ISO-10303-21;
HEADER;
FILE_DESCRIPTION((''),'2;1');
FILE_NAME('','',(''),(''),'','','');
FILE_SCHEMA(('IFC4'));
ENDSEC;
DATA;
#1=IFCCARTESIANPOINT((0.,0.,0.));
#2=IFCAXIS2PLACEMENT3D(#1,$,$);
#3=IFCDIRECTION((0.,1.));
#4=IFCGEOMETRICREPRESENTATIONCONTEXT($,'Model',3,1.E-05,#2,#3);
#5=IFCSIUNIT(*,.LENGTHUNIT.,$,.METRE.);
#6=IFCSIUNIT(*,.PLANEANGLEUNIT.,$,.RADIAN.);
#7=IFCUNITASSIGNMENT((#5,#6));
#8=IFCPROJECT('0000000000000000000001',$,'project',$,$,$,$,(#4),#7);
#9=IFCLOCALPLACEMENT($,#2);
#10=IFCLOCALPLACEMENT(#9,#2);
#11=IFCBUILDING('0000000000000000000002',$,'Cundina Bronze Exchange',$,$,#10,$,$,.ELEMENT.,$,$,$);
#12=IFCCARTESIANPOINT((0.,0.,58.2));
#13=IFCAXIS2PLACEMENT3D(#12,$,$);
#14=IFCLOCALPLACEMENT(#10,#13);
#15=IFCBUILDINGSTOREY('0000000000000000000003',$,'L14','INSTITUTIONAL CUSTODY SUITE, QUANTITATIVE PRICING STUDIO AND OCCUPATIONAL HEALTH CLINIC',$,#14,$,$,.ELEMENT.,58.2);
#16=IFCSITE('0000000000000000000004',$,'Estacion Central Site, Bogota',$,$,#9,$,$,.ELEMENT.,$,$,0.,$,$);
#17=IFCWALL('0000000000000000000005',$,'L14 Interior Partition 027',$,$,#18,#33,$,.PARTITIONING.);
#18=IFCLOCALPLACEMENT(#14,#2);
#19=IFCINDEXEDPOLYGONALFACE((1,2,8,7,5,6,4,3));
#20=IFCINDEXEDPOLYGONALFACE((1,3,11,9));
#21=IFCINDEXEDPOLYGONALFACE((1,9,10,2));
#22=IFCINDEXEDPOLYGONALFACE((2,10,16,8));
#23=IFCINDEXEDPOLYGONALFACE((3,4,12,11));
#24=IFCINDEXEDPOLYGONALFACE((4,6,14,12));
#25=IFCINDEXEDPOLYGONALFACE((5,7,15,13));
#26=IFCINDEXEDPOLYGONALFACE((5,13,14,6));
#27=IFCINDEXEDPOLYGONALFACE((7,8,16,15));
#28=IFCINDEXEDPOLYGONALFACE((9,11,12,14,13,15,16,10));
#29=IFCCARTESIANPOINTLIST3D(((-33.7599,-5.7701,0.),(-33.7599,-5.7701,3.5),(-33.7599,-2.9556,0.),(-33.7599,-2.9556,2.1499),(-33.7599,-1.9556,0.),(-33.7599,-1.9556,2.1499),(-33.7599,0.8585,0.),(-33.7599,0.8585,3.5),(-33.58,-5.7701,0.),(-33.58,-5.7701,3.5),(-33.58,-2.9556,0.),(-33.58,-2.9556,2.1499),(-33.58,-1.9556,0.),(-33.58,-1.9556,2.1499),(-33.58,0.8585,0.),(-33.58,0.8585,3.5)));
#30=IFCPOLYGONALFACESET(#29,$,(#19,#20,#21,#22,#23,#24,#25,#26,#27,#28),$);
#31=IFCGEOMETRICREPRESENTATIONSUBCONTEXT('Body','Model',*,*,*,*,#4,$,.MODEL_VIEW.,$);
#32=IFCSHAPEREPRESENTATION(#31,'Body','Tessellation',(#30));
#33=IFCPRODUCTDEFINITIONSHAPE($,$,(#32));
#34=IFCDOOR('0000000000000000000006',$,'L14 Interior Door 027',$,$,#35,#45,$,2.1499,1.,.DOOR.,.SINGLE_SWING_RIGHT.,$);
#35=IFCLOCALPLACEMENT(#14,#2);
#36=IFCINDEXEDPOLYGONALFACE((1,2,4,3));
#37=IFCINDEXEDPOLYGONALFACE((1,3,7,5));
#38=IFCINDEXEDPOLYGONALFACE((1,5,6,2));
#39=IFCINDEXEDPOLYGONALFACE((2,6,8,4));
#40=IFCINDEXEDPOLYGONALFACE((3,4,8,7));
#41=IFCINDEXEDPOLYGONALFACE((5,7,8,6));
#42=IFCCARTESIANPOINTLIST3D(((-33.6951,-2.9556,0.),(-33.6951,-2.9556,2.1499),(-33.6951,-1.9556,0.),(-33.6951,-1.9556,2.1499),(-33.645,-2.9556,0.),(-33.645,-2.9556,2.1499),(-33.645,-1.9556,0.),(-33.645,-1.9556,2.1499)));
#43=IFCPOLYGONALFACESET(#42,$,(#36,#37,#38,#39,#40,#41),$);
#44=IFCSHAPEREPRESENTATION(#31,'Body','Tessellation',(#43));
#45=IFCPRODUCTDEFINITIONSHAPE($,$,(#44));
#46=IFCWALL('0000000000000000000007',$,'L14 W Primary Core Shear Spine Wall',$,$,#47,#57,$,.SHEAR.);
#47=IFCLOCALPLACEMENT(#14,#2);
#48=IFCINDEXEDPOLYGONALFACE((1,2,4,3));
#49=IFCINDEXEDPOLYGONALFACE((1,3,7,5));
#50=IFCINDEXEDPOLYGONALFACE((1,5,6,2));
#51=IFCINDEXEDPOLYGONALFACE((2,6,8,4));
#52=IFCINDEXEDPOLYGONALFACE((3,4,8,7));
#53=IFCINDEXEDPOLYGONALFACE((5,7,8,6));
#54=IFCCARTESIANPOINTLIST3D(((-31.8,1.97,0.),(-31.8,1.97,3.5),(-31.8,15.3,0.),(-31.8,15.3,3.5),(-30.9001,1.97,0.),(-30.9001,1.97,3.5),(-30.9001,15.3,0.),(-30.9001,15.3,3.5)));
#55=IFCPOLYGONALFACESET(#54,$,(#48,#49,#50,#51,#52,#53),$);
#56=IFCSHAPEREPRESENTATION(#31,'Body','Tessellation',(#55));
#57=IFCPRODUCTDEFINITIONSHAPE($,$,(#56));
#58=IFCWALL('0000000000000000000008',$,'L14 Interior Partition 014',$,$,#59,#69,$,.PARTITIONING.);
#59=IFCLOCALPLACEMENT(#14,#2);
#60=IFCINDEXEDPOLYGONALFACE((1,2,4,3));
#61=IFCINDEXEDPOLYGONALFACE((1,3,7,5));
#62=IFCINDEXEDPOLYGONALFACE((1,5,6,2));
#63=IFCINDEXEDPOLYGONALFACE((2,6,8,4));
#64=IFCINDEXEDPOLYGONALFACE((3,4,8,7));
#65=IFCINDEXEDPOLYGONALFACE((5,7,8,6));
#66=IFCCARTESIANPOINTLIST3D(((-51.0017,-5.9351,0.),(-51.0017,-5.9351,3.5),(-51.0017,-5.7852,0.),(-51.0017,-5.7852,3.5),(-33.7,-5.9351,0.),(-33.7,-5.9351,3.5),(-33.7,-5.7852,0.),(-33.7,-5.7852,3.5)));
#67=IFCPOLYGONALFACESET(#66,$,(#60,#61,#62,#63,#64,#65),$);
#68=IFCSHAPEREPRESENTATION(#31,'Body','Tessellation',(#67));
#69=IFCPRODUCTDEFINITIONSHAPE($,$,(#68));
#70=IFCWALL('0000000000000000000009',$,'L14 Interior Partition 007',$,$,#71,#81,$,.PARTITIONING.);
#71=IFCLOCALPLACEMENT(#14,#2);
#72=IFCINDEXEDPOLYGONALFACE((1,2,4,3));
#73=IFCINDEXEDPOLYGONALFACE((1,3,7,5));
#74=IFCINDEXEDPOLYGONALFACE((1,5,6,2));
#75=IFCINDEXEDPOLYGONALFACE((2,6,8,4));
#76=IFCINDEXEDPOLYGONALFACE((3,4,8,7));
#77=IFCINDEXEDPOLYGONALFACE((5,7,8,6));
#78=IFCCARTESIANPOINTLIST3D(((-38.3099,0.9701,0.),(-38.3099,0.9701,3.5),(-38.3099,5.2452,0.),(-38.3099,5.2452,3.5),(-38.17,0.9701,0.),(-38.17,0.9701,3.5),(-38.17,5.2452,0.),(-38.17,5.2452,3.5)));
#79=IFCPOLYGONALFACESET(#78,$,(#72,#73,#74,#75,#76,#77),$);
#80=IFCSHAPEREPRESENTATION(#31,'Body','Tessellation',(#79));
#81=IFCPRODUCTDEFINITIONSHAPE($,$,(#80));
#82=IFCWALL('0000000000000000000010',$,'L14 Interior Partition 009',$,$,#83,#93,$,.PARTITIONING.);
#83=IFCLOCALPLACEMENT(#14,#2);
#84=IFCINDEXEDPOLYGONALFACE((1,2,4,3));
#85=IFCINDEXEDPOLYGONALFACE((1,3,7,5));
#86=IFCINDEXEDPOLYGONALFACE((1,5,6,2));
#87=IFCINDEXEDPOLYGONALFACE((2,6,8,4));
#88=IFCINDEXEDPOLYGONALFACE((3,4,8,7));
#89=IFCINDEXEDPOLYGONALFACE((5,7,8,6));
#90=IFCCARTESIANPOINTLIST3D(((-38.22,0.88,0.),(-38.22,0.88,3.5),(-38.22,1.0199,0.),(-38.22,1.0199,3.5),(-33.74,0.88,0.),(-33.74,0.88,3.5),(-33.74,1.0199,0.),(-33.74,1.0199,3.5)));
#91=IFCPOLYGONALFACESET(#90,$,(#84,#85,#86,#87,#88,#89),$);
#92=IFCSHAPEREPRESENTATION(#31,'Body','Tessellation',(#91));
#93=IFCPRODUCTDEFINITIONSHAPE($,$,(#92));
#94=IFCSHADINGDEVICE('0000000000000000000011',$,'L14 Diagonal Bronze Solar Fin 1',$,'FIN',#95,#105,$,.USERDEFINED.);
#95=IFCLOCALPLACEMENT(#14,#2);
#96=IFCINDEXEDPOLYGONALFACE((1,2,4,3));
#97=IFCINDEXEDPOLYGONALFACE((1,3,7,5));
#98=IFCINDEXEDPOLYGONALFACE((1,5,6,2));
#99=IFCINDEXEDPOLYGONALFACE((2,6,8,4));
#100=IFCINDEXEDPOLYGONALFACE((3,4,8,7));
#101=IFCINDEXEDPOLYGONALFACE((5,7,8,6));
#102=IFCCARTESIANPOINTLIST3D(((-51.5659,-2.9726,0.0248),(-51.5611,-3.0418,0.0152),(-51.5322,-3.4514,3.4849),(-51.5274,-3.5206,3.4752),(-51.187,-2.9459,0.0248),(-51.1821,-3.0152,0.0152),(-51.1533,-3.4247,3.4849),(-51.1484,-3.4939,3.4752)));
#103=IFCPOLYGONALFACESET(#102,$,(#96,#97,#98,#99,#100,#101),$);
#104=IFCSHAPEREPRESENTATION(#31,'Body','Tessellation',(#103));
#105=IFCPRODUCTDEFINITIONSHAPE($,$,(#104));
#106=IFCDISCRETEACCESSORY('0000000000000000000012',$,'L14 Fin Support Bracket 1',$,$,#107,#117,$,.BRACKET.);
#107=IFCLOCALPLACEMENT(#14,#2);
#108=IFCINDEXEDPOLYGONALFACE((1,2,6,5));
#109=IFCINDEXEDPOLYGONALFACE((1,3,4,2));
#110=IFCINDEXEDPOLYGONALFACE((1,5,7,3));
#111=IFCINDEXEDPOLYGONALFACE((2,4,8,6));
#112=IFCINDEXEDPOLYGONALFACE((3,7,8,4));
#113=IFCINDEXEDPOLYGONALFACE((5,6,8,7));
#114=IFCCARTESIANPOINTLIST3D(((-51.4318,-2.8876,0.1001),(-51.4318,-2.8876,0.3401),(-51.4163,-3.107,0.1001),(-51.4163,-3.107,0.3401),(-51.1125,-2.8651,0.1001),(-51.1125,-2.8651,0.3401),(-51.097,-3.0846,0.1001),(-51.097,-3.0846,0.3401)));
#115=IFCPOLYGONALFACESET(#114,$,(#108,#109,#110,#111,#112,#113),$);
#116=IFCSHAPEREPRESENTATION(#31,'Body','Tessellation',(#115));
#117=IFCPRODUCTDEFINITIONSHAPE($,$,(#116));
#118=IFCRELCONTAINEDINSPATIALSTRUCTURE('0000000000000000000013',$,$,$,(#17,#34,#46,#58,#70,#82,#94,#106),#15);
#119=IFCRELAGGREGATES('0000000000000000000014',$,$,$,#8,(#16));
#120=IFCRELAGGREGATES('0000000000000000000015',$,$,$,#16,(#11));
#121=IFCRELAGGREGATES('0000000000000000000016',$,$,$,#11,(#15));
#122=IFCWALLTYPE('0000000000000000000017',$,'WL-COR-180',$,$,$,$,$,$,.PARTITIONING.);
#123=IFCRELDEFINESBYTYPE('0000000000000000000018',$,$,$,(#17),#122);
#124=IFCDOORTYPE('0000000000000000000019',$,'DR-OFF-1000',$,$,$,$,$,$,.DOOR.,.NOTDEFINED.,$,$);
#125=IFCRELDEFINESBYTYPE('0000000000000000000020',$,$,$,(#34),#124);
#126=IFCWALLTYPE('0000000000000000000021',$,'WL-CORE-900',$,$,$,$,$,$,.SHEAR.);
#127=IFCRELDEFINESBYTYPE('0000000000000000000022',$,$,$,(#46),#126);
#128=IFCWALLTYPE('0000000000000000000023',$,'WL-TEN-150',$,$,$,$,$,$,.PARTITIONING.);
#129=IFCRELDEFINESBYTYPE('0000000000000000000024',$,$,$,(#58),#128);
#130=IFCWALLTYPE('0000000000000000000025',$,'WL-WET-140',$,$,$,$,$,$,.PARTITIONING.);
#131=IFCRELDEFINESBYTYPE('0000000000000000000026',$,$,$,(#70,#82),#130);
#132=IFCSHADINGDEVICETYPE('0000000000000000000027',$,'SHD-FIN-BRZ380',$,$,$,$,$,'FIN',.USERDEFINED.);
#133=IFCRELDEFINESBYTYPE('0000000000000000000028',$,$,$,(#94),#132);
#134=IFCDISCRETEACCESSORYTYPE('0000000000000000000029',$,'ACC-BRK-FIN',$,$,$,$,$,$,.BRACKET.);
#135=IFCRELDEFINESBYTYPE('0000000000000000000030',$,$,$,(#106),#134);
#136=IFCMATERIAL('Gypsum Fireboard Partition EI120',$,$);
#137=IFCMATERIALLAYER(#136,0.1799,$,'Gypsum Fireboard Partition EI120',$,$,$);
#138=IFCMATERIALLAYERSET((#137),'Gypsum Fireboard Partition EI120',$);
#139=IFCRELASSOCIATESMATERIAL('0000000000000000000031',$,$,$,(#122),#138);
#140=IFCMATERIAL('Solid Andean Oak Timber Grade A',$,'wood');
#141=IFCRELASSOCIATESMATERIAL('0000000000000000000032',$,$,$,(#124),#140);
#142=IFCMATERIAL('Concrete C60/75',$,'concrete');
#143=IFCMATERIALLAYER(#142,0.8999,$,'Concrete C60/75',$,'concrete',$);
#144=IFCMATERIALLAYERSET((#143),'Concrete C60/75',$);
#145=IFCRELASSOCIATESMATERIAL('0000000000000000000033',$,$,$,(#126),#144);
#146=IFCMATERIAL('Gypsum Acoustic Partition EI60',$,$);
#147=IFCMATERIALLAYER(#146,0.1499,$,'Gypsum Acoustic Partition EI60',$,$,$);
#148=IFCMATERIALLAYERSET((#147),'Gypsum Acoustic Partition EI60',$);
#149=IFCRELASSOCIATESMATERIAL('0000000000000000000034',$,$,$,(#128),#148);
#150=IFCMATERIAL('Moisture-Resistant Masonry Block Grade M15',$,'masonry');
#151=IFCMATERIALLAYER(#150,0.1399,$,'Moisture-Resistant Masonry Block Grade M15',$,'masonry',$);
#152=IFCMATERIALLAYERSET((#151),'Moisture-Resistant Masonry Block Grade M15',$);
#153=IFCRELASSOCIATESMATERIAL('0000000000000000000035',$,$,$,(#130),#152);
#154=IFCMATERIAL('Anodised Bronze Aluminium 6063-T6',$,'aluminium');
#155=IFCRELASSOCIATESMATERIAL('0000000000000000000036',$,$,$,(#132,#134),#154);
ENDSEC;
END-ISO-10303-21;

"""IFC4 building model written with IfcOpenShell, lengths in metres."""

from ifc_helpers import new_model, si_unit, direction, frame, frame_2d, origin, origin_2d, place, context, subcontext, project, spatial, rectangle, extrude, material, layer, layer_set, material_profile, profile_set, type_object, element, fill, save


model = new_model("IFC4")

# Units and contexts
model_context = context("Model", 3, precision=1e-05, world=origin(), true_north=direction((0.0, 1.0)))
body_context = subcontext(model_context, "Body", "Model", "MODEL_VIEW")
ifc_project = project(units=[si_unit("LENGTHUNIT", "METRE"), si_unit("PLANEANGLEUNIT", "RADIAN")], contexts=[model_context])

# Site, building, storey
site_placement = place(None, origin())
site = spatial("IfcSite", under=ifc_project, at=site_placement, Name="Estacion Central Site, Bogota", CompositionType="ELEMENT", RefElevation=0.0)
building_placement = place(site_placement, origin())
building = spatial("IfcBuilding", under=site, at=building_placement, Name="Cundina Bronze Exchange", CompositionType="ELEMENT")
storey_placement = place(building_placement, frame((0.0, 0.0, 58.2)))
storey = spatial("IfcBuildingStorey", under=building, at=storey_placement, Name="L14", Description="INSTITUTIONAL CUSTODY SUITE, QUANTITATIVE PRICING STUDIO AND OCCUPATIONAL HEALTH CLINIC", CompositionType="ELEMENT", Elevation=58.2)

# Shared definitions
ifc_material_1 = material(Name="Concrete C60/75", Category="concrete")

# Shared definitions
ifc_material_2 = material(Name="Anodised Bronze Aluminium 6063-T6", Category="aluminium")

# Shared definitions
ifc_material_3 = material(Name="Gypsum Fireboard Partition EI120")
ifc_layer_1 = layer(ifc_material_3, 0.1799, Name="Gypsum Fireboard Partition EI120")
ifc_layer_set_1 = layer_set([ifc_layer_1], Name="Gypsum Fireboard Partition EI120")
wall_type_1 = type_object("IfcWallType", Name="WL-COR-180", PredefinedType="PARTITIONING", material=ifc_layer_set_1)
ifc_material_4 = material(Name="Solid Andean Oak Timber Grade A", Category="wood")

# Wall, opening, door
wall_1_placement = place(storey_placement, frame((-33.6699, 0.8586, 0.0), z_axis=(0.0, 0.0, 1.0), x_axis=(0.0, -1.0, 0.0)))
wall_1 = element("IfcWall", 1, at=wall_1_placement, inside=storey, type_object=wall_type_1, Name="L14 Interior Partition 027", PredefinedType="PARTITIONING", context=body_context, shape_type="SweptSolid", body=[
    extrude(rectangle(XDim=6.6287, YDim=0.1799, at=frame_2d((3.3145, 0.0))), origin(), (0.0, 0.0, 1.0), 3.5),
])
opening_1_placement = place(wall_1_placement, frame((2.8142, 0.0, 0.0)))
opening_1 = element("IfcOpeningElement", 2, at=opening_1_placement, cuts=wall_1, PredefinedType="OPENING", context=body_context, shape_type="SweptSolid", body=[
    extrude(rectangle(XDim=1.0, YDim=2.1499, at=frame_2d((0.5, 1.075))), frame((0.0, 0.0999, 0.0), z_axis=(0.0, -1.0, 0.0), x_axis=(1.0, 0.0, 0.0)), (0.0, 0.0, 1.0), 0.2),
])
door_type_1 = type_object("IfcDoorType", Name="DR-OFF-1000", OperationType="NOTDEFINED", PredefinedType="DOOR", material=ifc_material_4)
door_1_placement = place(opening_1_placement, origin())
door_1 = element("IfcDoor", 3, at=door_1_placement, inside=storey, type_object=door_type_1, Name="L14 Interior Door 027", OperationType="SINGLE_SWING_RIGHT", OverallHeight=2.1499, OverallWidth=1.0, PredefinedType="DOOR", context=body_context, shape_type="SweptSolid", body=[
    extrude(rectangle(XDim=1.0, YDim=2.1499, at=frame_2d((0.5, 1.075))), frame((0.0, 0.0249, 0.0), z_axis=(0.0, -1.0, 0.0), x_axis=(1.0, 0.0, 0.0)), (0.0, 0.0, 1.0), 0.05),
])
fill(opening_1, door_1)

# Walls
ifc_layer_2 = layer(ifc_material_1, 0.8999, Name="Concrete C60/75", Category="concrete")
ifc_layer_set_2 = layer_set([ifc_layer_2], Name="Concrete C60/75")
wall_type_2 = type_object("IfcWallType", Name="WL-CORE-900", PredefinedType="SHEAR", material=ifc_layer_set_2)
wall_2_placement = place(storey_placement, frame((-31.3501, 1.97, 0.0), z_axis=(0.0, 0.0, 1.0), x_axis=(0.0, 1.0, 0.0)))
element("IfcWall", 4, at=wall_2_placement, inside=storey, type_object=wall_type_2, Name="L14 W Primary Core Shear Spine Wall", PredefinedType="SHEAR", context=body_context, shape_type="SweptSolid", body=[
    extrude(rectangle(XDim=13.3301, YDim=0.8999, at=frame_2d((6.665, 0.0))), origin(), (0.0, 0.0, 1.0), 3.5),
])
ifc_material_5 = material(Name="Gypsum Acoustic Partition EI60")
ifc_layer_3 = layer(ifc_material_5, 0.1499, Name="Gypsum Acoustic Partition EI60")
ifc_layer_set_3 = layer_set([ifc_layer_3], Name="Gypsum Acoustic Partition EI60")
wall_type_3 = type_object("IfcWallType", Name="WL-TEN-150", PredefinedType="PARTITIONING", material=ifc_layer_set_3)
wall_3_placement = place(storey_placement, frame((-51.0017, -5.8601, 0.0), z_axis=(0.0, 0.0, 1.0), x_axis=(1.0, 0.0, 0.0)))
element("IfcWall", 5, at=wall_3_placement, inside=storey, type_object=wall_type_3, Name="L14 Interior Partition 014", PredefinedType="PARTITIONING", context=body_context, shape_type="SweptSolid", body=[
    extrude(rectangle(XDim=17.3018, YDim=0.1499, at=frame_2d((8.6509, 0.0))), origin(), (0.0, 0.0, 1.0), 3.5),
])
ifc_material_6 = material(Name="Moisture-Resistant Masonry Block Grade M15", Category="masonry")
ifc_layer_4 = layer(ifc_material_6, 0.1399, Name="Moisture-Resistant Masonry Block Grade M15", Category="masonry")
ifc_layer_set_4 = layer_set([ifc_layer_4], Name="Moisture-Resistant Masonry Block Grade M15")
wall_type_4 = type_object("IfcWallType", Name="WL-WET-140", PredefinedType="PARTITIONING", material=ifc_layer_set_4)
wall_4_placement = place(storey_placement, frame((-38.24, 0.97, 0.0), z_axis=(0.0, 0.0, 1.0), x_axis=(0.0, 1.0, 0.0)))
element("IfcWall", 6, at=wall_4_placement, inside=storey, type_object=wall_type_4, Name="L14 Interior Partition 007", PredefinedType="PARTITIONING", context=body_context, shape_type="SweptSolid", body=[
    extrude(rectangle(XDim=4.2751, YDim=0.1399, at=frame_2d((2.1377, 0.0))), origin(), (0.0, 0.0, 1.0), 3.5),
])
wall_5_placement = place(storey_placement, frame((-38.22, 0.95, 0.0), z_axis=(0.0, 0.0, 1.0), x_axis=(1.0, 0.0, 0.0)))
element("IfcWall", 7, at=wall_5_placement, inside=storey, type_object=wall_type_4, Name="L14 Interior Partition 009", PredefinedType="PARTITIONING", context=body_context, shape_type="SweptSolid", body=[
    extrude(rectangle(XDim=4.48, YDim=0.1399, at=frame_2d((2.24, 0.0))), origin(), (0.0, 0.0, 1.0), 3.5),
])

# Shading device
ifc_material_profile_1 = material_profile(ifc_material_2, rectangle(XDim=0.0701, YDim=0.3799, at=origin_2d()), Name="FIN70X380", Category="aluminium")
ifc_profile_set_1 = profile_set([ifc_material_profile_1], Name="Anodised Bronze Aluminium 6063-T6")
shading_device_type = type_object("IfcShadingDeviceType", Name="SHD-FIN-BRZ380", ElementType="FIN", PredefinedType="USERDEFINED", material=ifc_profile_set_1)
shading_device_placement = place(storey_placement, frame((-51.374, -2.9939, 0.02), z_axis=(0.009645, -0.137059, 0.990516), x_axis=(-0.069533, 0.988072, 0.137398)))
element("IfcShadingDevice", 8, at=shading_device_placement, inside=storey, type_object=shading_device_type, Name="L14 Diagonal Bronze Solar Fin 1", ObjectType="FIN", PredefinedType="USERDEFINED", context=body_context, shape_type="SweptSolid", body=[
    extrude(rectangle(XDim=0.0701, YDim=0.3799, at=origin_2d()), origin(), (0.0, 0.0, 1.0), 3.4932),
])

# Discrete accessory
discrete_accessory_type = type_object("IfcDiscreteAccessoryType", Name="ACC-BRK-FIN", PredefinedType="BRACKET", material=ifc_material_2)
discrete_accessory_placement = place(storey_placement, frame((-51.2644, -2.9861, 0.1001), z_axis=(0.0, 0.0, 1.0), x_axis=(0.070279, -0.997527, 0.0)))
element("IfcDiscreteAccessory", 9, at=discrete_accessory_placement, inside=storey, type_object=discrete_accessory_type, Name="L14 Fin Support Bracket 1", PredefinedType="BRACKET", context=body_context, shape_type="SweptSolid", body=[
    extrude(rectangle(XDim=0.22, YDim=0.3201, at=origin_2d()), origin(), (0.0, 0.0, 1.0), 0.24),
])

save(model, "model.ifc")
